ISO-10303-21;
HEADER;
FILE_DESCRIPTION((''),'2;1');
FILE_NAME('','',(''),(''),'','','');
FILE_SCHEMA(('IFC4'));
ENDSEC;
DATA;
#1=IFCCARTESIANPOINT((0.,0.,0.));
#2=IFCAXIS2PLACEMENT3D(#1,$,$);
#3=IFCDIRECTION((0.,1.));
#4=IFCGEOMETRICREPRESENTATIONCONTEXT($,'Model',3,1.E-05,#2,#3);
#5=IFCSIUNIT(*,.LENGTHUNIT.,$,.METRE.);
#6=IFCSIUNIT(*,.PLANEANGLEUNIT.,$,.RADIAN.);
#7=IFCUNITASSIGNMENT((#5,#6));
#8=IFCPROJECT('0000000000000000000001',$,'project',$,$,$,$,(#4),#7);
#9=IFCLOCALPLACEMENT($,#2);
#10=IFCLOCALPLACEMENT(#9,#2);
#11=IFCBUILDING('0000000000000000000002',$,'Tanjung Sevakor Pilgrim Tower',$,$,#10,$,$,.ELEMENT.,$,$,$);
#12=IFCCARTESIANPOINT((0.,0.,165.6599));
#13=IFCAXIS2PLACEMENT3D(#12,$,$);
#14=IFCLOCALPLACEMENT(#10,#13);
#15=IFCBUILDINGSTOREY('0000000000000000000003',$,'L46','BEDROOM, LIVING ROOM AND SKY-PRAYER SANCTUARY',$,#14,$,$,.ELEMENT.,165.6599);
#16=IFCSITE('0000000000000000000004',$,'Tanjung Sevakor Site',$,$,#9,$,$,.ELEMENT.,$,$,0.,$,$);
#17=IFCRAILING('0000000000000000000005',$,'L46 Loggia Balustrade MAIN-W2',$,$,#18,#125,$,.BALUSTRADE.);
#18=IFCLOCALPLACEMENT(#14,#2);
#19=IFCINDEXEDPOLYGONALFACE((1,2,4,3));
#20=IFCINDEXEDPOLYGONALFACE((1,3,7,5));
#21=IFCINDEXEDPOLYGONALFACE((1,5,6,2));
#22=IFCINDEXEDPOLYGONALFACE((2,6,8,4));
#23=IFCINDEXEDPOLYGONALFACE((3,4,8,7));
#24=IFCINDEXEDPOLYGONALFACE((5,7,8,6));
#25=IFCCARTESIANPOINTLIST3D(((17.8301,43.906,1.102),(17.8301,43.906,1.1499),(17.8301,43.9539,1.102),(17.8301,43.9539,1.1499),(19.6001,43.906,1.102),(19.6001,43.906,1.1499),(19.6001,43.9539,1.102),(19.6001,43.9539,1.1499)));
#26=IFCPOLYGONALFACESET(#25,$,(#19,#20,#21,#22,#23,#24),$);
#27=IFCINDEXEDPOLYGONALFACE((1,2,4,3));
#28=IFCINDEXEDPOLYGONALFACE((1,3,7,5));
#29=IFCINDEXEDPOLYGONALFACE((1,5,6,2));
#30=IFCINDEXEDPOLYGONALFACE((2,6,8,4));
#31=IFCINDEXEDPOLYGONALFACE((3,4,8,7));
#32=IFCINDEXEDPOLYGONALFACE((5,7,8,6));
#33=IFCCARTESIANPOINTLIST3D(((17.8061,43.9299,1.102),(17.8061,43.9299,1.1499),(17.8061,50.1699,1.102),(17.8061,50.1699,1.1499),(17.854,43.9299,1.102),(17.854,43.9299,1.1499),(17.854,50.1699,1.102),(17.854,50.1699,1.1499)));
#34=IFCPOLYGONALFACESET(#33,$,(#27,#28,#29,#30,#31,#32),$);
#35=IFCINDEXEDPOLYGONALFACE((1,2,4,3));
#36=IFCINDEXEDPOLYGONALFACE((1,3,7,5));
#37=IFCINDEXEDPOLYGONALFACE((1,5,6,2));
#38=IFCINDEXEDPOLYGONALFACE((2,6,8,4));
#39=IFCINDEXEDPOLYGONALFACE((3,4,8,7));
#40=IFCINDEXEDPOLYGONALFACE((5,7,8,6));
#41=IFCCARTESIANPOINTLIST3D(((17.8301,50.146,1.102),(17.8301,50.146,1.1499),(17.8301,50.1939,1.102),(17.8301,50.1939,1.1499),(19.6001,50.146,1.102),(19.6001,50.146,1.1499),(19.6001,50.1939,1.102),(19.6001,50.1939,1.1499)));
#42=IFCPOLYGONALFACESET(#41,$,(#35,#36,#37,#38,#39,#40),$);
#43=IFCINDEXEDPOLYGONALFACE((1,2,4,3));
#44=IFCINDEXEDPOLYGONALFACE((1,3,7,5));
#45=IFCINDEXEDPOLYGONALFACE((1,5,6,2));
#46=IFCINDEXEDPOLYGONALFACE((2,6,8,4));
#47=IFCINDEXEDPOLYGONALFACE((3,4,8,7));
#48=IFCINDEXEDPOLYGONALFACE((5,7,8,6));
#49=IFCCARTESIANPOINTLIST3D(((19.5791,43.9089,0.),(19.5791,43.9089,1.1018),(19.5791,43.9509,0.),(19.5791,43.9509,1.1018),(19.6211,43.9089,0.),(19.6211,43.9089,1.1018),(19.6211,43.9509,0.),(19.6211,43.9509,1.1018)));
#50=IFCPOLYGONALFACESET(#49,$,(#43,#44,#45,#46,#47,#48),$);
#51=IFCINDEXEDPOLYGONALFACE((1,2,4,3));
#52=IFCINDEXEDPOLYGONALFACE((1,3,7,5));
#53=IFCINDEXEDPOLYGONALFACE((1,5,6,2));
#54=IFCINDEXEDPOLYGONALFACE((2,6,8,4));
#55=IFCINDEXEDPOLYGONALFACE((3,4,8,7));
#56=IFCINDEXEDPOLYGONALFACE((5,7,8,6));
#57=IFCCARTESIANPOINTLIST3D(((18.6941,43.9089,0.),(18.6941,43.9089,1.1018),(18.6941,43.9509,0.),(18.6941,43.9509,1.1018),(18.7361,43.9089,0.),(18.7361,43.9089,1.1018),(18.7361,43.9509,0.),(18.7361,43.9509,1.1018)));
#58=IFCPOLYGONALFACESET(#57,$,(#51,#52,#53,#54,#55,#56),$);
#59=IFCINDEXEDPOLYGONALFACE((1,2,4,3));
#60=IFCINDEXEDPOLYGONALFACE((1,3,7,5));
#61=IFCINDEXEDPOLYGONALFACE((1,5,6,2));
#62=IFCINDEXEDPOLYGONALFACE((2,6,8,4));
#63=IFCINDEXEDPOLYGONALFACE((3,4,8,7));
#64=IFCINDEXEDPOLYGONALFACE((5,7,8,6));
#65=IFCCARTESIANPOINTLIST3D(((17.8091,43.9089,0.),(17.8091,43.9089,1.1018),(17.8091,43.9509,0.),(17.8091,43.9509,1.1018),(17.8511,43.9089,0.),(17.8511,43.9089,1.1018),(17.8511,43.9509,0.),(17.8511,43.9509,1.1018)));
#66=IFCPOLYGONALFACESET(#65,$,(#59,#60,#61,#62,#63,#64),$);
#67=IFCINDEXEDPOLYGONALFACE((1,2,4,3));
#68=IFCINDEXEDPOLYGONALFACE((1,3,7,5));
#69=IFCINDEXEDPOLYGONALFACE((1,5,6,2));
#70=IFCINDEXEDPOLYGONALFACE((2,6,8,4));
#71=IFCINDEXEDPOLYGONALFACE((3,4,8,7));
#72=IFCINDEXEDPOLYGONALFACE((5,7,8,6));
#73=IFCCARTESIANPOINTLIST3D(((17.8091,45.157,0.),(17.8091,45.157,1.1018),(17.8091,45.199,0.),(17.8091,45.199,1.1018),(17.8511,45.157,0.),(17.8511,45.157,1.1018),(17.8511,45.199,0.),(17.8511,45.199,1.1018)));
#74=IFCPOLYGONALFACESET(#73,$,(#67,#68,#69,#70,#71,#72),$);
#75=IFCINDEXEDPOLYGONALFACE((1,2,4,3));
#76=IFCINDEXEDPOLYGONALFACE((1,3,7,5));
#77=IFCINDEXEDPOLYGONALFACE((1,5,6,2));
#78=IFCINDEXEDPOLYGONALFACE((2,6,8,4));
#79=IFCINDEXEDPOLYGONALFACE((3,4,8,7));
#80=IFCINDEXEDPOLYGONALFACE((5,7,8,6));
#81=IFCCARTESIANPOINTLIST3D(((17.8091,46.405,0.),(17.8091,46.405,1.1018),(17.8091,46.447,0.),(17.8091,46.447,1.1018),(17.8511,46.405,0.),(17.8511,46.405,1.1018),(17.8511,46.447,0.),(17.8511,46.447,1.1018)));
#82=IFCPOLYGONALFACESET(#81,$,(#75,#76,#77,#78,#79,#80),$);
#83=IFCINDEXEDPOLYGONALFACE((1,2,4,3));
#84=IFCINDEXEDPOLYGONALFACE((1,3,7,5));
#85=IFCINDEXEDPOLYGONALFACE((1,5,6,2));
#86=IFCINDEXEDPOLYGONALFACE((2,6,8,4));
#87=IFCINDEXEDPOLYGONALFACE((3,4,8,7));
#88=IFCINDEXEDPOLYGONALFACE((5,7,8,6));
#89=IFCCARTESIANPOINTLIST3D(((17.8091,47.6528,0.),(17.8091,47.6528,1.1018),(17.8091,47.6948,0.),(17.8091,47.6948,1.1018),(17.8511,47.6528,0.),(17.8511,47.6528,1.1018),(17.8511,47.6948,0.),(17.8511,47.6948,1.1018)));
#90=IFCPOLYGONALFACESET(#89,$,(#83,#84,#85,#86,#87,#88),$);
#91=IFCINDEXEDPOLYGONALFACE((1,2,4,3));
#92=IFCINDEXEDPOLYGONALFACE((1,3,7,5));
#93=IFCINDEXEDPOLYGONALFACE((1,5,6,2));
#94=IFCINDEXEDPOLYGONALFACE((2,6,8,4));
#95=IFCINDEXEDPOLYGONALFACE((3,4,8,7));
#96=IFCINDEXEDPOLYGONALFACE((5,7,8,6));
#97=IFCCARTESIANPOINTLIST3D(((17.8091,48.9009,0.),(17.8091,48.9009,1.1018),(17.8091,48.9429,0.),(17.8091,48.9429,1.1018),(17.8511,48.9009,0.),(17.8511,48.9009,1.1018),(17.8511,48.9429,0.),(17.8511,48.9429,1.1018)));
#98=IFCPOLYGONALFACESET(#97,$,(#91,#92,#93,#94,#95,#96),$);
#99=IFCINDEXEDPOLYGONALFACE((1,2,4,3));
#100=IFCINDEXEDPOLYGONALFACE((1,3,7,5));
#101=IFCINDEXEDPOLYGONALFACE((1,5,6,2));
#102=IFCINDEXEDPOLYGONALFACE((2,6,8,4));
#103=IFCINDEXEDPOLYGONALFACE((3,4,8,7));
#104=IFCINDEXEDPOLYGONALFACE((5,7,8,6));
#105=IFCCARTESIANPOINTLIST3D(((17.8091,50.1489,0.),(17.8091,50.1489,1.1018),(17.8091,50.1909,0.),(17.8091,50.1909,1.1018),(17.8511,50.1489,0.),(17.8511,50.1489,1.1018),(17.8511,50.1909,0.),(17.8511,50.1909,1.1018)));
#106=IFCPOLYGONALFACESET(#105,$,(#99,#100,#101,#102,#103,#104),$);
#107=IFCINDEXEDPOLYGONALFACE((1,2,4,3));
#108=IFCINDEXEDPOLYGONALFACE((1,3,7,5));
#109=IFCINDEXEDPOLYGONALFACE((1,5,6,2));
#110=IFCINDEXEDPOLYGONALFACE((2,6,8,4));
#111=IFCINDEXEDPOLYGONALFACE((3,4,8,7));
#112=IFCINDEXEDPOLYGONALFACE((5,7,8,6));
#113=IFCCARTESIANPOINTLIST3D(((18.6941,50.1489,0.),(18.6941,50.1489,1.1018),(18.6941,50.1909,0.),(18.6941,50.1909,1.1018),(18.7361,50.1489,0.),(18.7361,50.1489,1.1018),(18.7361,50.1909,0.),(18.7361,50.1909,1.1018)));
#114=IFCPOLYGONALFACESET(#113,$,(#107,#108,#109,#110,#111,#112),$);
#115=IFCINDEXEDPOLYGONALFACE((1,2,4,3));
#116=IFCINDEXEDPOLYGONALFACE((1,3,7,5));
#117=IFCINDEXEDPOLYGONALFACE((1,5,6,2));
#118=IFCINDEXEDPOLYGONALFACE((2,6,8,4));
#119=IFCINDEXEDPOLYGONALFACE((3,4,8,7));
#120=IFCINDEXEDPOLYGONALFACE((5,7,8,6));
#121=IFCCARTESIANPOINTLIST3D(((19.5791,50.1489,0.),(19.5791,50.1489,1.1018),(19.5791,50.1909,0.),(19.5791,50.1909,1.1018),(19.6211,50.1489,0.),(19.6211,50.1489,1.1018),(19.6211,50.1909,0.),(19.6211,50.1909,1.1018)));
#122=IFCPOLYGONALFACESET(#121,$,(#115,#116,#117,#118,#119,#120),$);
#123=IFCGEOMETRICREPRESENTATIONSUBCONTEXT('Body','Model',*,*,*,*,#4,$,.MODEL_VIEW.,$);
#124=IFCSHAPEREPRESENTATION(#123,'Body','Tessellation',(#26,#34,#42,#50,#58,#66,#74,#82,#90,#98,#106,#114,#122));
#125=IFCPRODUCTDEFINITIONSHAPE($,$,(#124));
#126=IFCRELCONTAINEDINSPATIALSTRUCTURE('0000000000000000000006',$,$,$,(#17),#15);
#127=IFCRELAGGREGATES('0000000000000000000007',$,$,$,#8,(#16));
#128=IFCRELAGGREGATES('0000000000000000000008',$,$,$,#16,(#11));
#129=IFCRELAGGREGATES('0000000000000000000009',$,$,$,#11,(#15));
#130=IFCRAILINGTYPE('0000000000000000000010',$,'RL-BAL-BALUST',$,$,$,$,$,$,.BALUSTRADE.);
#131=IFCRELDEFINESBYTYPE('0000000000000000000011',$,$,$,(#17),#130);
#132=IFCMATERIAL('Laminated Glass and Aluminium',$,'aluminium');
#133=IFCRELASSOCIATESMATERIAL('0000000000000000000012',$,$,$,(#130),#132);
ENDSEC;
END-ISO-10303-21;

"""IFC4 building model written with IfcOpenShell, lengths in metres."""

from ifc_helpers import new_model, si_unit, direction, frame, origin, place, context, subcontext, project, spatial, rectangle, extrude, material, type_object, element, save


model = new_model("IFC4")

# Units and contexts
model_context = context("Model", 3, precision=1e-05, world=origin(), true_north=direction((0.0, 1.0)))
body_context = subcontext(model_context, "Body", "Model", "MODEL_VIEW")
ifc_project = project(units=[si_unit("LENGTHUNIT", "METRE"), si_unit("PLANEANGLEUNIT", "RADIAN")], contexts=[model_context])

# Site, building, storey
site_placement = place(None, origin())
site = spatial("IfcSite", under=ifc_project, at=site_placement, Name="Tanjung Sevakor Site", CompositionType="ELEMENT", RefElevation=0.0)
building_placement = place(site_placement, origin())
building = spatial("IfcBuilding", under=site, at=building_placement, Name="Tanjung Sevakor Pilgrim Tower", CompositionType="ELEMENT")
storey_placement = place(building_placement, frame((0.0, 0.0, 165.6599)))
storey = spatial("IfcBuildingStorey", under=building, at=storey_placement, Name="L46", Description="BEDROOM, LIVING ROOM AND SKY-PRAYER SANCTUARY", CompositionType="ELEMENT", Elevation=165.6599)

# Railing
ifc_material_1 = material(Name="Laminated Glass and Aluminium", Category="aluminium")
railing_type = type_object("IfcRailingType", Name="RL-BAL-BALUST", PredefinedType="BALUSTRADE", material=ifc_material_1)
railing_placement = place(storey_placement, frame((19.6001, 43.9299, 0.0)))
element("IfcRailing", 1, at=railing_placement, inside=storey, type_object=railing_type, Name="L46 Loggia Balustrade MAIN-W2", PredefinedType="BALUSTRADE", context=body_context, shape_type="SweptSolid", body=[
    extrude(rectangle(XDim=0.0479, YDim=0.0479), frame((0.0, 0.0, 1.126), z_axis=(-1.0, 0.0, 0.0), x_axis=(0.0, -1.0, 0.0)), (0.0, 0.0, 1.0), 1.77),
    extrude(rectangle(XDim=0.0479, YDim=0.0479), frame((-1.77, 0.0, 1.126), z_axis=(0.0, 1.0, 0.0), x_axis=(-1.0, 0.0, 0.0)), (0.0, 0.0, 1.0), 6.24),
    extrude(rectangle(XDim=0.0479, YDim=0.0479), frame((-1.77, 6.24, 1.126), z_axis=(1.0, 0.0, 0.0), x_axis=(0.0, 1.0, 0.0)), (0.0, 0.0, 1.0), 1.77),
    extrude(rectangle(XDim=0.042, YDim=0.042), origin(), (0.0, 0.0, 1.0), 1.1018),
    extrude(rectangle(XDim=0.042, YDim=0.042), frame((-0.885, 0.0, 0.0)), (0.0, 0.0, 1.0), 1.1018),
    extrude(rectangle(XDim=0.042, YDim=0.042), frame((-1.77, 0.0, 0.0)), (0.0, 0.0, 1.0), 1.1018),
    extrude(rectangle(XDim=0.042, YDim=0.042), frame((-1.77, 1.248, 0.0)), (0.0, 0.0, 1.0), 1.1018),
    extrude(rectangle(XDim=0.042, YDim=0.042), frame((-1.77, 2.4961, 0.0)), (0.0, 0.0, 1.0), 1.1018),
    extrude(rectangle(XDim=0.042, YDim=0.042), frame((-1.77, 3.7439, 0.0)), (0.0, 0.0, 1.0), 1.1018),
    extrude(rectangle(XDim=0.042, YDim=0.042), frame((-1.77, 4.9919, 0.0)), (0.0, 0.0, 1.0), 1.1018),
    extrude(rectangle(XDim=0.042, YDim=0.042), frame((-1.77, 6.24, 0.0)), (0.0, 0.0, 1.0), 1.1018),
    extrude(rectangle(XDim=0.042, YDim=0.042), frame((-0.885, 6.24, 0.0)), (0.0, 0.0, 1.0), 1.1018),
    extrude(rectangle(XDim=0.042, YDim=0.042), frame((0.0, 6.24, 0.0)), (0.0, 0.0, 1.0), 1.1018),
])

save(model, "model.ifc")
